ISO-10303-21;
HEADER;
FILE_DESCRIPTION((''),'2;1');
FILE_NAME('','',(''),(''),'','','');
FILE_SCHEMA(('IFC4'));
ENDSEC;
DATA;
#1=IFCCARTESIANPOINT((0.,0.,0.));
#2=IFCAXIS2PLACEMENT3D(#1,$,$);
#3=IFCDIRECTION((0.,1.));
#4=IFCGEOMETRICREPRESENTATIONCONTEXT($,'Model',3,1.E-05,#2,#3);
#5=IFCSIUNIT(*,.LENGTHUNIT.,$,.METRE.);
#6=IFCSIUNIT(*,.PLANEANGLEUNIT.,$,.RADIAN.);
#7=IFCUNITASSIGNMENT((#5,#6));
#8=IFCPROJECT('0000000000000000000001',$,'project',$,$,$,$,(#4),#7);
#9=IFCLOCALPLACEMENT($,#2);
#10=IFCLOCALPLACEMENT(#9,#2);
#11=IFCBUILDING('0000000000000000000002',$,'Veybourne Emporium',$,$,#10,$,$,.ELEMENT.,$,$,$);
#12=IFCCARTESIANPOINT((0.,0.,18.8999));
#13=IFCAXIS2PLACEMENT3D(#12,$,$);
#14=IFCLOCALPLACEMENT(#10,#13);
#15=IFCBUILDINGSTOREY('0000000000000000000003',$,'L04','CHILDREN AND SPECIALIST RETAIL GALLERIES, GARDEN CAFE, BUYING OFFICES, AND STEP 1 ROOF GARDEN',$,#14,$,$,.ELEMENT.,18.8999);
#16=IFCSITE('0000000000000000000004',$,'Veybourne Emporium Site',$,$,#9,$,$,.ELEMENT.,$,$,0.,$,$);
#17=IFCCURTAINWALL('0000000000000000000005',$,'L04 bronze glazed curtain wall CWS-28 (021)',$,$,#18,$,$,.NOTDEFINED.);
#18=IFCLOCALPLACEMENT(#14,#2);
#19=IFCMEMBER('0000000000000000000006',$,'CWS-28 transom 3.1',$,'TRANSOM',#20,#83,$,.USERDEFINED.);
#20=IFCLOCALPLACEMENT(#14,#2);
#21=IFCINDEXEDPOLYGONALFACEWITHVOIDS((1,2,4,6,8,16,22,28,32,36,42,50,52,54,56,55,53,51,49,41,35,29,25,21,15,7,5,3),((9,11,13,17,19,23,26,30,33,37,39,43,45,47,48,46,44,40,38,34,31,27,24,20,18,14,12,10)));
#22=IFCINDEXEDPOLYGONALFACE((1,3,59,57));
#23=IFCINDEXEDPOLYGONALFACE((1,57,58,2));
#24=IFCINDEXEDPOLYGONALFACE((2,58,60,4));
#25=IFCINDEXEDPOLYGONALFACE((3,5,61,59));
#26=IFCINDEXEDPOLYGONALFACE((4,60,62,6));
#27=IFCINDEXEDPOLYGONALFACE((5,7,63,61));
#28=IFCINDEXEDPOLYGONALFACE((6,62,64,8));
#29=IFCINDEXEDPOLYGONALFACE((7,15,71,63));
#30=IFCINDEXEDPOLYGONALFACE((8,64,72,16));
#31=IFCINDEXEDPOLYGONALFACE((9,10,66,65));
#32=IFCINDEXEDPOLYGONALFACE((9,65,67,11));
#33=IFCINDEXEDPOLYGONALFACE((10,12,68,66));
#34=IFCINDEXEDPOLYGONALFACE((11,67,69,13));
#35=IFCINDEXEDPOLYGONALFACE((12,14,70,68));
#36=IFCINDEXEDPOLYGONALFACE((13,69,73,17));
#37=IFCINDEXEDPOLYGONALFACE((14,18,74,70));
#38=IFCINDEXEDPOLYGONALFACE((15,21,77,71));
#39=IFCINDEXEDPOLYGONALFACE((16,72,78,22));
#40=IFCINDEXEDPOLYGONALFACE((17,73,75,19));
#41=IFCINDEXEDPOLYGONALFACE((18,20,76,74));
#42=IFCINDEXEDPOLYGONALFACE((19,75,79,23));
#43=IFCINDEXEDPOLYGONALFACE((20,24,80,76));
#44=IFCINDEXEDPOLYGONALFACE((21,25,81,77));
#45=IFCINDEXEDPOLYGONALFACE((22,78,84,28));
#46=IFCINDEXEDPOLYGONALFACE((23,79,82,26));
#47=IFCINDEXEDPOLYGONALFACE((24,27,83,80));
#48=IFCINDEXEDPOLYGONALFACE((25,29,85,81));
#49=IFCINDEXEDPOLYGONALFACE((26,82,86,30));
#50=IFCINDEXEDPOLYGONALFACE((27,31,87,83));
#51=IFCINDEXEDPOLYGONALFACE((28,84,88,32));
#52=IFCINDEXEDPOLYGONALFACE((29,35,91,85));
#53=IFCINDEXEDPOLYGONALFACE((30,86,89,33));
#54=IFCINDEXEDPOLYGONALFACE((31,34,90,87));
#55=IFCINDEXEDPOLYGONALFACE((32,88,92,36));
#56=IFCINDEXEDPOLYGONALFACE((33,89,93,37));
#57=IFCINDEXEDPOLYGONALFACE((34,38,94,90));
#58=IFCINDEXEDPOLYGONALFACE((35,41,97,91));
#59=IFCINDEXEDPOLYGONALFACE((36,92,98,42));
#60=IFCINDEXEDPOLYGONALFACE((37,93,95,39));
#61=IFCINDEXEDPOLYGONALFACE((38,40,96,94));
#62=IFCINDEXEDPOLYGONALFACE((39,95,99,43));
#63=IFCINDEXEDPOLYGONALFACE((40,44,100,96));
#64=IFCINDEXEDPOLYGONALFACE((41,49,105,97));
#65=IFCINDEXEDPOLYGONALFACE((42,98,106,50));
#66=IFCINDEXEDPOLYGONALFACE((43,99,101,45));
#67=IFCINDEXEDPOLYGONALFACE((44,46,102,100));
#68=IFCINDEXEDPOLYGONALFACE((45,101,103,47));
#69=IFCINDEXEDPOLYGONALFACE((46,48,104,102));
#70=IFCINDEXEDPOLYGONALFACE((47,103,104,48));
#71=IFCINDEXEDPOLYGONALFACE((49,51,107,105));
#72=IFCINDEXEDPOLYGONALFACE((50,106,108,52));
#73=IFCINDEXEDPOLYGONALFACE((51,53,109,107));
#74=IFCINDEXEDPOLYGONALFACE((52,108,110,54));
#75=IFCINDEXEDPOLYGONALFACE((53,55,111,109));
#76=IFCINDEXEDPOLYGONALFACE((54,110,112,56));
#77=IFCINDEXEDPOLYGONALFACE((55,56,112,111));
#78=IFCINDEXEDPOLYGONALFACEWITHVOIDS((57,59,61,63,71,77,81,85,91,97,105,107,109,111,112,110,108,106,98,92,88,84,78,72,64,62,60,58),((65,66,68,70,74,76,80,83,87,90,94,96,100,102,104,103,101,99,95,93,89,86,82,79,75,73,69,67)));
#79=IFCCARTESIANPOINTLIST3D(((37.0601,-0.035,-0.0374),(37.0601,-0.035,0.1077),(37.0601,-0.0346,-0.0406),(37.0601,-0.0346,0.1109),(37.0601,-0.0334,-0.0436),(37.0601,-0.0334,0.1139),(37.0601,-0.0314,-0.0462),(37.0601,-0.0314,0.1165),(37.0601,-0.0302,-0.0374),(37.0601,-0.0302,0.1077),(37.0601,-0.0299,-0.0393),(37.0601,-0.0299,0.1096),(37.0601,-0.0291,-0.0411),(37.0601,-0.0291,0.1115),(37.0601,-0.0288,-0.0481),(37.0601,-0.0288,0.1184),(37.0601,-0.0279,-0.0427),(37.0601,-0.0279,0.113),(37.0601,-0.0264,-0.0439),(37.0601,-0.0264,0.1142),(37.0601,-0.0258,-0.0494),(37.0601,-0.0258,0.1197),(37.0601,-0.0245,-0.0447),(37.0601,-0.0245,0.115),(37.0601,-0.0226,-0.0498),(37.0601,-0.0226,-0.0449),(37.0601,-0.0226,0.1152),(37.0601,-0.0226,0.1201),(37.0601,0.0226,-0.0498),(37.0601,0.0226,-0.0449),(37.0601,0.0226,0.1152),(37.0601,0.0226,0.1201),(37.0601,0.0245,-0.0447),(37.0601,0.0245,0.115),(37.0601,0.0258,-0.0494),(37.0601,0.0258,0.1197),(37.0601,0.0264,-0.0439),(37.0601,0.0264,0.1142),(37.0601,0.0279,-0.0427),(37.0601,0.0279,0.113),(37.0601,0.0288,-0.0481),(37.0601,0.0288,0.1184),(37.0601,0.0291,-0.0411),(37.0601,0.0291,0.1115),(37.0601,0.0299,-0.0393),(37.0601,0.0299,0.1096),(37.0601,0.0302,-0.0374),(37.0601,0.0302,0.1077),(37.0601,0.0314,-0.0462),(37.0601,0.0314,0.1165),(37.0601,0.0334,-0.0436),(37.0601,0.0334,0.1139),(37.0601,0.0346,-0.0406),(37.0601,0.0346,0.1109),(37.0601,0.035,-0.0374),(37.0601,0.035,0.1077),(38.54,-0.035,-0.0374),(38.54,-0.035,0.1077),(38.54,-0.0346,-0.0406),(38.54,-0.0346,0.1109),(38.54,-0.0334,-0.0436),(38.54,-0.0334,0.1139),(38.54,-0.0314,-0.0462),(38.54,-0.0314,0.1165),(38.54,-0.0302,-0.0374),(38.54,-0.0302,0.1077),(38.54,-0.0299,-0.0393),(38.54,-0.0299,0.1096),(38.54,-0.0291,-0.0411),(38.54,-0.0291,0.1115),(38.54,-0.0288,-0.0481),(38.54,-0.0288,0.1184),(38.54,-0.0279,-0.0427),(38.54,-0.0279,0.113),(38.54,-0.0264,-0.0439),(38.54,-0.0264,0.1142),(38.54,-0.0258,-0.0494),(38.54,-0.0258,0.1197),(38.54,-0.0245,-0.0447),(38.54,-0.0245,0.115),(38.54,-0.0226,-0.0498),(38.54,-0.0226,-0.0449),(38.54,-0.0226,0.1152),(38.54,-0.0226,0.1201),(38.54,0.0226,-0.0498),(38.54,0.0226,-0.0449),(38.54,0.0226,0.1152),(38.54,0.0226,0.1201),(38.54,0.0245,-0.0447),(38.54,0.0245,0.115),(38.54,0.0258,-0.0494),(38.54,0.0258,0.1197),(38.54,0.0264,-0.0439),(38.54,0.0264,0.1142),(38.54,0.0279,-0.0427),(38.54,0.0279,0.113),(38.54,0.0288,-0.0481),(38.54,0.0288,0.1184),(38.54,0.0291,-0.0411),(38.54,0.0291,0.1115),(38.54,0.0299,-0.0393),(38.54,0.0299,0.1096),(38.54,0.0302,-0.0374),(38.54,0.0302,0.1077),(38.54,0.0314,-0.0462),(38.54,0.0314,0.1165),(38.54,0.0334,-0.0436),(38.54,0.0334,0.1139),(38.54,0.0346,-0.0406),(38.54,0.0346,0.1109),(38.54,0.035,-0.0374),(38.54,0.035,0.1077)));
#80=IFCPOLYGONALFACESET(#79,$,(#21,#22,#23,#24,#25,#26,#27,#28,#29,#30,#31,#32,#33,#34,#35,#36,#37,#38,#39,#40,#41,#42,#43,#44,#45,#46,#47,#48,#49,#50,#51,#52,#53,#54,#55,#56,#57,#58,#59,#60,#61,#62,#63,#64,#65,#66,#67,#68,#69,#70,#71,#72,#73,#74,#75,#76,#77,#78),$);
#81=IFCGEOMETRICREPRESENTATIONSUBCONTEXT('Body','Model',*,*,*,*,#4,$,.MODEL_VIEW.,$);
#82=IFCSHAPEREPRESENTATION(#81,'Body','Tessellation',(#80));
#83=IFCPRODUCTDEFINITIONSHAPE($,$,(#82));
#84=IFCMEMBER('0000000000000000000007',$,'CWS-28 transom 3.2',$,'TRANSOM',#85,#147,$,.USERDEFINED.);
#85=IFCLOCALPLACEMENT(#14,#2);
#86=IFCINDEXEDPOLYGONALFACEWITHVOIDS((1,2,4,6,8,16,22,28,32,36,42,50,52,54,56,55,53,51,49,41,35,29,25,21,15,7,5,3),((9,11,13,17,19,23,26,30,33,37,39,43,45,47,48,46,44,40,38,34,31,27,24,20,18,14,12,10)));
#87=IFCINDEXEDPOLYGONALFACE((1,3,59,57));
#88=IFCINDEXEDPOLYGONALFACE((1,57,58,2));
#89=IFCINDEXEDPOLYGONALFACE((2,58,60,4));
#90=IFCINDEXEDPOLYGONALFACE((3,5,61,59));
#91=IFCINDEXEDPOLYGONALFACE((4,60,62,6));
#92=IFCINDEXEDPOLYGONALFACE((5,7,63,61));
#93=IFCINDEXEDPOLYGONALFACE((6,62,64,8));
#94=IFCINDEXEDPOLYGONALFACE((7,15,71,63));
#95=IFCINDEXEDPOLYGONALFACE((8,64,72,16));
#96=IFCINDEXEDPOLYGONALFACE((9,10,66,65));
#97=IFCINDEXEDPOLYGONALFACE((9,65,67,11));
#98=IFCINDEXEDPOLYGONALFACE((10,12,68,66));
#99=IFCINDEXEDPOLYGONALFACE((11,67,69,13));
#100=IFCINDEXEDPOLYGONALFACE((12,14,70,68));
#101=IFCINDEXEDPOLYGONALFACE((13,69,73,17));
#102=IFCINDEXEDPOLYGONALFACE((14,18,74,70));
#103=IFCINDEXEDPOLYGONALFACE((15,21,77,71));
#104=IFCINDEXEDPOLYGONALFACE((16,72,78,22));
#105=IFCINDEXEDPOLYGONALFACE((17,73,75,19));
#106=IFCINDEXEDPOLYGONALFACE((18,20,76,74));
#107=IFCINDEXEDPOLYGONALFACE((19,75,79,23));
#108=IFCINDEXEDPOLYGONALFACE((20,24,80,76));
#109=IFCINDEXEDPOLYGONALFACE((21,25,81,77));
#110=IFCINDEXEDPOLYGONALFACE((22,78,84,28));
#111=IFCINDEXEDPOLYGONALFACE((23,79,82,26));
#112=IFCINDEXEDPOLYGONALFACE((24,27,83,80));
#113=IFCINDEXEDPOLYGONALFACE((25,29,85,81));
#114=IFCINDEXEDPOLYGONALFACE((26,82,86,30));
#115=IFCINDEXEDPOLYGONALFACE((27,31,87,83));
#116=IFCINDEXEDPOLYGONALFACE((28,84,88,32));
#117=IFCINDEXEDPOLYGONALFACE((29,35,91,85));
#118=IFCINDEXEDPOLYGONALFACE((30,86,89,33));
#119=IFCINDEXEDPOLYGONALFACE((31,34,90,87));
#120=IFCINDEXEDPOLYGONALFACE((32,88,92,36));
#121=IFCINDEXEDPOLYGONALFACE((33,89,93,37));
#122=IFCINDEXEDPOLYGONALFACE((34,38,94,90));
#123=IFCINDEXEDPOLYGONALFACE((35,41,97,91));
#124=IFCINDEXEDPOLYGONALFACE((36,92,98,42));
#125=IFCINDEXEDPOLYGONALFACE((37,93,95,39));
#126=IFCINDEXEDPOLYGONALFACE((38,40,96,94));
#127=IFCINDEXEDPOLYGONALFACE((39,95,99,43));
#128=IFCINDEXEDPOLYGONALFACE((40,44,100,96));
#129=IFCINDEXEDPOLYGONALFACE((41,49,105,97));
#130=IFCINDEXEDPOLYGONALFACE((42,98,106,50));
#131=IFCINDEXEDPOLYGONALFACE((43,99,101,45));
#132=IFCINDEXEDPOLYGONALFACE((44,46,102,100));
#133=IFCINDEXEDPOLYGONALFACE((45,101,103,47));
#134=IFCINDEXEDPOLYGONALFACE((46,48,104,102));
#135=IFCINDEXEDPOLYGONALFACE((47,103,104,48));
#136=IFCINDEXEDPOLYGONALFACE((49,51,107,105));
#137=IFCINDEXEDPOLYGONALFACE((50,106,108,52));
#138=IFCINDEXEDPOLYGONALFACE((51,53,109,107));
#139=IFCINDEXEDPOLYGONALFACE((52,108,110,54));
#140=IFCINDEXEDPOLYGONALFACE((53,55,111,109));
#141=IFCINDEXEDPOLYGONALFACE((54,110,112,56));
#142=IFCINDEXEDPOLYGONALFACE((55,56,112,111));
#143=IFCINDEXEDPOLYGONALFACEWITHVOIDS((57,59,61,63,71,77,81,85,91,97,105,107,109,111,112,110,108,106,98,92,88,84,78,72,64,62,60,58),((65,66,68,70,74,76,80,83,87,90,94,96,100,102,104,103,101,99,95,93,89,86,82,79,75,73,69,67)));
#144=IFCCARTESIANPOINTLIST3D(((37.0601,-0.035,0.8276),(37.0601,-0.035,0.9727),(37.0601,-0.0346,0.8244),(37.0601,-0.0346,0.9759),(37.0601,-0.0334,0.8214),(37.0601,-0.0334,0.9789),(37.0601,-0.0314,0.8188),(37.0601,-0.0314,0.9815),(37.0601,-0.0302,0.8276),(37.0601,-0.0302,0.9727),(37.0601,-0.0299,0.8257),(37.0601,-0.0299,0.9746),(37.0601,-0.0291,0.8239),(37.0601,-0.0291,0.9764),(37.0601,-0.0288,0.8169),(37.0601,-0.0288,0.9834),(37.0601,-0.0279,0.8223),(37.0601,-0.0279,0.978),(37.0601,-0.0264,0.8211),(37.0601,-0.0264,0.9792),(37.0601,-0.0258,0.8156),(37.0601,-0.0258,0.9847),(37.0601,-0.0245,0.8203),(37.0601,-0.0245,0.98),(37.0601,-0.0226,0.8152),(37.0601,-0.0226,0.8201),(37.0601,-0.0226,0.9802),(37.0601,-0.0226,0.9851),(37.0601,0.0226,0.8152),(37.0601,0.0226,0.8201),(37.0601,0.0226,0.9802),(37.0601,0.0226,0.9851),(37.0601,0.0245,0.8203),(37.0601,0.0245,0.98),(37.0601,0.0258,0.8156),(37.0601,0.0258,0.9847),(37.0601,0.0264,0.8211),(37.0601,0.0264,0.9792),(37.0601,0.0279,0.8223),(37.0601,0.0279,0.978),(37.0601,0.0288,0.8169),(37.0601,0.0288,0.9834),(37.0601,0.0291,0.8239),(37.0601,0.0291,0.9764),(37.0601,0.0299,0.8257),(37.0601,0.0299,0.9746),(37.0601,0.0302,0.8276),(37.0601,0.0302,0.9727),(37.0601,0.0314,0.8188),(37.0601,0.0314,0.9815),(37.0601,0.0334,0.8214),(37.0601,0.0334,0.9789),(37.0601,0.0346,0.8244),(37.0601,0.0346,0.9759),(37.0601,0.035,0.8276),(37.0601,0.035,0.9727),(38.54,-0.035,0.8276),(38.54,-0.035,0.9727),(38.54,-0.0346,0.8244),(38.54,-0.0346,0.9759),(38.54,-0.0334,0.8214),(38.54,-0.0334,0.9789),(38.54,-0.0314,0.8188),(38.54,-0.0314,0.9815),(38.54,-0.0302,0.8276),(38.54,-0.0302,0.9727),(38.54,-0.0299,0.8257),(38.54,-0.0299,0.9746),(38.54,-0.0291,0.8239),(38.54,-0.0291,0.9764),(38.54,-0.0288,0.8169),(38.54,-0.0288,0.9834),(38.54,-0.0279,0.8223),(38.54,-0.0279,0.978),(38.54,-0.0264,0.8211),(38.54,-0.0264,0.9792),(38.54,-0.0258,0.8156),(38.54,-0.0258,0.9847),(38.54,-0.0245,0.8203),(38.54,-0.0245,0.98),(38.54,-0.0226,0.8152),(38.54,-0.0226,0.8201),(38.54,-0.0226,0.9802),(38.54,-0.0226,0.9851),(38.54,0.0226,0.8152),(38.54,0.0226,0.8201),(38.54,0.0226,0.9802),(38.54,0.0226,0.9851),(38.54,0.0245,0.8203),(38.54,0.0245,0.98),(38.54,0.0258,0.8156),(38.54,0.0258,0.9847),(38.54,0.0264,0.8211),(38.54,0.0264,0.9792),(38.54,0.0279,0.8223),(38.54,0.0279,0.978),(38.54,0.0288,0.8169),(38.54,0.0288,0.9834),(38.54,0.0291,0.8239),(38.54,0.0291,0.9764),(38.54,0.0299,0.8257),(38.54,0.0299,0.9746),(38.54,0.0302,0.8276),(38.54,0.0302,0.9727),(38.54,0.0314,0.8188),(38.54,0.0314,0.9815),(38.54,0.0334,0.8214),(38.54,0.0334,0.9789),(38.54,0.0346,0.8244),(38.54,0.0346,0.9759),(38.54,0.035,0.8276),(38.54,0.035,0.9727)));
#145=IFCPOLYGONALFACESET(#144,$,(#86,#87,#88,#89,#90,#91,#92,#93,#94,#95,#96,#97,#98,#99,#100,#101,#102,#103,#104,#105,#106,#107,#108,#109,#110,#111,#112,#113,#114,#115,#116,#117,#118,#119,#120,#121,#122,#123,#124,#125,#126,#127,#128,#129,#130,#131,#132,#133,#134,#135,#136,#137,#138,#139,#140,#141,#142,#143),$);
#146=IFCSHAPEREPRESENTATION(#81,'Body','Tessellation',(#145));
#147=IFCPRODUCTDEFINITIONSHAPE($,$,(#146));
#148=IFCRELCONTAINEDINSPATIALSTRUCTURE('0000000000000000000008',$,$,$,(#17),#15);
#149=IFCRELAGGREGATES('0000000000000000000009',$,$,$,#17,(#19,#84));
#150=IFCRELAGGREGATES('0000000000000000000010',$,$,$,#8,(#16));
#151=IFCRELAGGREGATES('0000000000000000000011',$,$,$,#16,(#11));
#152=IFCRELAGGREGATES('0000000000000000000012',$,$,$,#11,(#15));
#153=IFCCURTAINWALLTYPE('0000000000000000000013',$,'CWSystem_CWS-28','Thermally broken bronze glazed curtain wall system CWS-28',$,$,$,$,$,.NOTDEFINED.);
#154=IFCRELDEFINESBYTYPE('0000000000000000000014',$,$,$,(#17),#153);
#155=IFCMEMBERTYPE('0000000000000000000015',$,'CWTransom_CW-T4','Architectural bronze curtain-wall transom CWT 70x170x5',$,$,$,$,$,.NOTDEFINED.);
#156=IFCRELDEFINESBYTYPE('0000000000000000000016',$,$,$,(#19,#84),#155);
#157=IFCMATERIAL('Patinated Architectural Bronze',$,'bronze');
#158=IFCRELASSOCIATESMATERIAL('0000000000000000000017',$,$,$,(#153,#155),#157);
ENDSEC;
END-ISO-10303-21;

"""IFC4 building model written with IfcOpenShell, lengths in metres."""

from ifc_helpers import new_model, si_unit, direction, frame, origin, origin_2d, place, context, subcontext, project, spatial, hollow_rectangle, extrude, material, material_profile, profile_set, type_object, element, aggregate, save


model = new_model("IFC4")

# Units and contexts
model_context = context("Model", 3, precision=1e-05, world=origin(), true_north=direction((0.0, 1.0)))
body_context = subcontext(model_context, "Body", "Model", "MODEL_VIEW")
ifc_project = project(units=[si_unit("LENGTHUNIT", "METRE"), si_unit("PLANEANGLEUNIT", "RADIAN")], contexts=[model_context])

# Site, building, storey
site_placement = place(None, origin())
site = spatial("IfcSite", under=ifc_project, at=site_placement, Name="Veybourne Emporium Site", CompositionType="ELEMENT", RefElevation=0.0)
building_placement = place(site_placement, origin())
building = spatial("IfcBuilding", under=site, at=building_placement, Name="Veybourne Emporium", CompositionType="ELEMENT")
storey_placement = place(building_placement, frame((0.0, 0.0, 18.8999)))
storey = spatial("IfcBuildingStorey", under=building, at=storey_placement, Name="L04", Description="CHILDREN AND SPECIALIST RETAIL GALLERIES, GARDEN CAFE, BUYING OFFICES, AND STEP 1 ROOF GARDEN", CompositionType="ELEMENT", Elevation=18.8999)

# Curtain wall, members
ifc_material_1 = material(Name="Patinated Architectural Bronze", Category="bronze")
curtain_wall_type = type_object("IfcCurtainWallType", Name="CWSystem_CWS-28", Description="Thermally broken bronze glazed curtain wall system CWS-28", PredefinedType="NOTDEFINED", material=ifc_material_1)
curtain_wall_placement = place(storey_placement, origin())
curtain_wall = element("IfcCurtainWall", 1, at=curtain_wall_placement, inside=storey, type_object=curtain_wall_type, Name="L04 bronze glazed curtain wall CWS-28 (021)", PredefinedType="NOTDEFINED")
ifc_material_profile_1 = material_profile(ifc_material_1, hollow_rectangle(XDim=0.0701, YDim=0.1699, WallThickness=0.0049, InnerFilletRadius=0.0076, OuterFilletRadius=0.0125, at=origin_2d()), Name="CWT 70x170x5")
ifc_profile_set_1 = profile_set([ifc_material_profile_1], Name="Patinated Architectural Bronze")
member_type_1 = type_object("IfcMemberType", Name="CWTransom_CW-T4", Description="Architectural bronze curtain-wall transom CWT 70x170x5", PredefinedType="NOTDEFINED", material=ifc_profile_set_1)
member_1_placement = place(storey_placement, frame((38.54, 0.0, 0.0352), z_axis=(-1.0, 0.0, 0.0), x_axis=(0.0, -1.0, 0.0)))
member_1 = element("IfcMember", 2, at=member_1_placement, type_object=member_type_1, Name="CWS-28 transom 3.1", ObjectType="TRANSOM", PredefinedType="USERDEFINED", context=body_context, shape_type="SweptSolid", body=[
    extrude(hollow_rectangle(XDim=0.0701, YDim=0.1699, WallThickness=0.0049, InnerFilletRadius=0.0076, OuterFilletRadius=0.0125, at=origin_2d()), origin(), (0.0, 0.0, 1.0), 1.48),
])
member_2_placement = place(storey_placement, frame((38.54, 0.0, 0.9001), z_axis=(-1.0, 0.0, 0.0), x_axis=(0.0, -1.0, 0.0)))
member_2 = element("IfcMember", 3, at=member_2_placement, type_object=member_type_1, Name="CWS-28 transom 3.2", ObjectType="TRANSOM", PredefinedType="USERDEFINED", context=body_context, shape_type="SweptSolid", body=[
    extrude(hollow_rectangle(XDim=0.0701, YDim=0.1699, WallThickness=0.0049, InnerFilletRadius=0.0076, OuterFilletRadius=0.0125, at=origin_2d()), origin(), (0.0, 0.0, 1.0), 1.48),
])
aggregate(curtain_wall, [member_1, member_2])

save(model, "model.ifc")
